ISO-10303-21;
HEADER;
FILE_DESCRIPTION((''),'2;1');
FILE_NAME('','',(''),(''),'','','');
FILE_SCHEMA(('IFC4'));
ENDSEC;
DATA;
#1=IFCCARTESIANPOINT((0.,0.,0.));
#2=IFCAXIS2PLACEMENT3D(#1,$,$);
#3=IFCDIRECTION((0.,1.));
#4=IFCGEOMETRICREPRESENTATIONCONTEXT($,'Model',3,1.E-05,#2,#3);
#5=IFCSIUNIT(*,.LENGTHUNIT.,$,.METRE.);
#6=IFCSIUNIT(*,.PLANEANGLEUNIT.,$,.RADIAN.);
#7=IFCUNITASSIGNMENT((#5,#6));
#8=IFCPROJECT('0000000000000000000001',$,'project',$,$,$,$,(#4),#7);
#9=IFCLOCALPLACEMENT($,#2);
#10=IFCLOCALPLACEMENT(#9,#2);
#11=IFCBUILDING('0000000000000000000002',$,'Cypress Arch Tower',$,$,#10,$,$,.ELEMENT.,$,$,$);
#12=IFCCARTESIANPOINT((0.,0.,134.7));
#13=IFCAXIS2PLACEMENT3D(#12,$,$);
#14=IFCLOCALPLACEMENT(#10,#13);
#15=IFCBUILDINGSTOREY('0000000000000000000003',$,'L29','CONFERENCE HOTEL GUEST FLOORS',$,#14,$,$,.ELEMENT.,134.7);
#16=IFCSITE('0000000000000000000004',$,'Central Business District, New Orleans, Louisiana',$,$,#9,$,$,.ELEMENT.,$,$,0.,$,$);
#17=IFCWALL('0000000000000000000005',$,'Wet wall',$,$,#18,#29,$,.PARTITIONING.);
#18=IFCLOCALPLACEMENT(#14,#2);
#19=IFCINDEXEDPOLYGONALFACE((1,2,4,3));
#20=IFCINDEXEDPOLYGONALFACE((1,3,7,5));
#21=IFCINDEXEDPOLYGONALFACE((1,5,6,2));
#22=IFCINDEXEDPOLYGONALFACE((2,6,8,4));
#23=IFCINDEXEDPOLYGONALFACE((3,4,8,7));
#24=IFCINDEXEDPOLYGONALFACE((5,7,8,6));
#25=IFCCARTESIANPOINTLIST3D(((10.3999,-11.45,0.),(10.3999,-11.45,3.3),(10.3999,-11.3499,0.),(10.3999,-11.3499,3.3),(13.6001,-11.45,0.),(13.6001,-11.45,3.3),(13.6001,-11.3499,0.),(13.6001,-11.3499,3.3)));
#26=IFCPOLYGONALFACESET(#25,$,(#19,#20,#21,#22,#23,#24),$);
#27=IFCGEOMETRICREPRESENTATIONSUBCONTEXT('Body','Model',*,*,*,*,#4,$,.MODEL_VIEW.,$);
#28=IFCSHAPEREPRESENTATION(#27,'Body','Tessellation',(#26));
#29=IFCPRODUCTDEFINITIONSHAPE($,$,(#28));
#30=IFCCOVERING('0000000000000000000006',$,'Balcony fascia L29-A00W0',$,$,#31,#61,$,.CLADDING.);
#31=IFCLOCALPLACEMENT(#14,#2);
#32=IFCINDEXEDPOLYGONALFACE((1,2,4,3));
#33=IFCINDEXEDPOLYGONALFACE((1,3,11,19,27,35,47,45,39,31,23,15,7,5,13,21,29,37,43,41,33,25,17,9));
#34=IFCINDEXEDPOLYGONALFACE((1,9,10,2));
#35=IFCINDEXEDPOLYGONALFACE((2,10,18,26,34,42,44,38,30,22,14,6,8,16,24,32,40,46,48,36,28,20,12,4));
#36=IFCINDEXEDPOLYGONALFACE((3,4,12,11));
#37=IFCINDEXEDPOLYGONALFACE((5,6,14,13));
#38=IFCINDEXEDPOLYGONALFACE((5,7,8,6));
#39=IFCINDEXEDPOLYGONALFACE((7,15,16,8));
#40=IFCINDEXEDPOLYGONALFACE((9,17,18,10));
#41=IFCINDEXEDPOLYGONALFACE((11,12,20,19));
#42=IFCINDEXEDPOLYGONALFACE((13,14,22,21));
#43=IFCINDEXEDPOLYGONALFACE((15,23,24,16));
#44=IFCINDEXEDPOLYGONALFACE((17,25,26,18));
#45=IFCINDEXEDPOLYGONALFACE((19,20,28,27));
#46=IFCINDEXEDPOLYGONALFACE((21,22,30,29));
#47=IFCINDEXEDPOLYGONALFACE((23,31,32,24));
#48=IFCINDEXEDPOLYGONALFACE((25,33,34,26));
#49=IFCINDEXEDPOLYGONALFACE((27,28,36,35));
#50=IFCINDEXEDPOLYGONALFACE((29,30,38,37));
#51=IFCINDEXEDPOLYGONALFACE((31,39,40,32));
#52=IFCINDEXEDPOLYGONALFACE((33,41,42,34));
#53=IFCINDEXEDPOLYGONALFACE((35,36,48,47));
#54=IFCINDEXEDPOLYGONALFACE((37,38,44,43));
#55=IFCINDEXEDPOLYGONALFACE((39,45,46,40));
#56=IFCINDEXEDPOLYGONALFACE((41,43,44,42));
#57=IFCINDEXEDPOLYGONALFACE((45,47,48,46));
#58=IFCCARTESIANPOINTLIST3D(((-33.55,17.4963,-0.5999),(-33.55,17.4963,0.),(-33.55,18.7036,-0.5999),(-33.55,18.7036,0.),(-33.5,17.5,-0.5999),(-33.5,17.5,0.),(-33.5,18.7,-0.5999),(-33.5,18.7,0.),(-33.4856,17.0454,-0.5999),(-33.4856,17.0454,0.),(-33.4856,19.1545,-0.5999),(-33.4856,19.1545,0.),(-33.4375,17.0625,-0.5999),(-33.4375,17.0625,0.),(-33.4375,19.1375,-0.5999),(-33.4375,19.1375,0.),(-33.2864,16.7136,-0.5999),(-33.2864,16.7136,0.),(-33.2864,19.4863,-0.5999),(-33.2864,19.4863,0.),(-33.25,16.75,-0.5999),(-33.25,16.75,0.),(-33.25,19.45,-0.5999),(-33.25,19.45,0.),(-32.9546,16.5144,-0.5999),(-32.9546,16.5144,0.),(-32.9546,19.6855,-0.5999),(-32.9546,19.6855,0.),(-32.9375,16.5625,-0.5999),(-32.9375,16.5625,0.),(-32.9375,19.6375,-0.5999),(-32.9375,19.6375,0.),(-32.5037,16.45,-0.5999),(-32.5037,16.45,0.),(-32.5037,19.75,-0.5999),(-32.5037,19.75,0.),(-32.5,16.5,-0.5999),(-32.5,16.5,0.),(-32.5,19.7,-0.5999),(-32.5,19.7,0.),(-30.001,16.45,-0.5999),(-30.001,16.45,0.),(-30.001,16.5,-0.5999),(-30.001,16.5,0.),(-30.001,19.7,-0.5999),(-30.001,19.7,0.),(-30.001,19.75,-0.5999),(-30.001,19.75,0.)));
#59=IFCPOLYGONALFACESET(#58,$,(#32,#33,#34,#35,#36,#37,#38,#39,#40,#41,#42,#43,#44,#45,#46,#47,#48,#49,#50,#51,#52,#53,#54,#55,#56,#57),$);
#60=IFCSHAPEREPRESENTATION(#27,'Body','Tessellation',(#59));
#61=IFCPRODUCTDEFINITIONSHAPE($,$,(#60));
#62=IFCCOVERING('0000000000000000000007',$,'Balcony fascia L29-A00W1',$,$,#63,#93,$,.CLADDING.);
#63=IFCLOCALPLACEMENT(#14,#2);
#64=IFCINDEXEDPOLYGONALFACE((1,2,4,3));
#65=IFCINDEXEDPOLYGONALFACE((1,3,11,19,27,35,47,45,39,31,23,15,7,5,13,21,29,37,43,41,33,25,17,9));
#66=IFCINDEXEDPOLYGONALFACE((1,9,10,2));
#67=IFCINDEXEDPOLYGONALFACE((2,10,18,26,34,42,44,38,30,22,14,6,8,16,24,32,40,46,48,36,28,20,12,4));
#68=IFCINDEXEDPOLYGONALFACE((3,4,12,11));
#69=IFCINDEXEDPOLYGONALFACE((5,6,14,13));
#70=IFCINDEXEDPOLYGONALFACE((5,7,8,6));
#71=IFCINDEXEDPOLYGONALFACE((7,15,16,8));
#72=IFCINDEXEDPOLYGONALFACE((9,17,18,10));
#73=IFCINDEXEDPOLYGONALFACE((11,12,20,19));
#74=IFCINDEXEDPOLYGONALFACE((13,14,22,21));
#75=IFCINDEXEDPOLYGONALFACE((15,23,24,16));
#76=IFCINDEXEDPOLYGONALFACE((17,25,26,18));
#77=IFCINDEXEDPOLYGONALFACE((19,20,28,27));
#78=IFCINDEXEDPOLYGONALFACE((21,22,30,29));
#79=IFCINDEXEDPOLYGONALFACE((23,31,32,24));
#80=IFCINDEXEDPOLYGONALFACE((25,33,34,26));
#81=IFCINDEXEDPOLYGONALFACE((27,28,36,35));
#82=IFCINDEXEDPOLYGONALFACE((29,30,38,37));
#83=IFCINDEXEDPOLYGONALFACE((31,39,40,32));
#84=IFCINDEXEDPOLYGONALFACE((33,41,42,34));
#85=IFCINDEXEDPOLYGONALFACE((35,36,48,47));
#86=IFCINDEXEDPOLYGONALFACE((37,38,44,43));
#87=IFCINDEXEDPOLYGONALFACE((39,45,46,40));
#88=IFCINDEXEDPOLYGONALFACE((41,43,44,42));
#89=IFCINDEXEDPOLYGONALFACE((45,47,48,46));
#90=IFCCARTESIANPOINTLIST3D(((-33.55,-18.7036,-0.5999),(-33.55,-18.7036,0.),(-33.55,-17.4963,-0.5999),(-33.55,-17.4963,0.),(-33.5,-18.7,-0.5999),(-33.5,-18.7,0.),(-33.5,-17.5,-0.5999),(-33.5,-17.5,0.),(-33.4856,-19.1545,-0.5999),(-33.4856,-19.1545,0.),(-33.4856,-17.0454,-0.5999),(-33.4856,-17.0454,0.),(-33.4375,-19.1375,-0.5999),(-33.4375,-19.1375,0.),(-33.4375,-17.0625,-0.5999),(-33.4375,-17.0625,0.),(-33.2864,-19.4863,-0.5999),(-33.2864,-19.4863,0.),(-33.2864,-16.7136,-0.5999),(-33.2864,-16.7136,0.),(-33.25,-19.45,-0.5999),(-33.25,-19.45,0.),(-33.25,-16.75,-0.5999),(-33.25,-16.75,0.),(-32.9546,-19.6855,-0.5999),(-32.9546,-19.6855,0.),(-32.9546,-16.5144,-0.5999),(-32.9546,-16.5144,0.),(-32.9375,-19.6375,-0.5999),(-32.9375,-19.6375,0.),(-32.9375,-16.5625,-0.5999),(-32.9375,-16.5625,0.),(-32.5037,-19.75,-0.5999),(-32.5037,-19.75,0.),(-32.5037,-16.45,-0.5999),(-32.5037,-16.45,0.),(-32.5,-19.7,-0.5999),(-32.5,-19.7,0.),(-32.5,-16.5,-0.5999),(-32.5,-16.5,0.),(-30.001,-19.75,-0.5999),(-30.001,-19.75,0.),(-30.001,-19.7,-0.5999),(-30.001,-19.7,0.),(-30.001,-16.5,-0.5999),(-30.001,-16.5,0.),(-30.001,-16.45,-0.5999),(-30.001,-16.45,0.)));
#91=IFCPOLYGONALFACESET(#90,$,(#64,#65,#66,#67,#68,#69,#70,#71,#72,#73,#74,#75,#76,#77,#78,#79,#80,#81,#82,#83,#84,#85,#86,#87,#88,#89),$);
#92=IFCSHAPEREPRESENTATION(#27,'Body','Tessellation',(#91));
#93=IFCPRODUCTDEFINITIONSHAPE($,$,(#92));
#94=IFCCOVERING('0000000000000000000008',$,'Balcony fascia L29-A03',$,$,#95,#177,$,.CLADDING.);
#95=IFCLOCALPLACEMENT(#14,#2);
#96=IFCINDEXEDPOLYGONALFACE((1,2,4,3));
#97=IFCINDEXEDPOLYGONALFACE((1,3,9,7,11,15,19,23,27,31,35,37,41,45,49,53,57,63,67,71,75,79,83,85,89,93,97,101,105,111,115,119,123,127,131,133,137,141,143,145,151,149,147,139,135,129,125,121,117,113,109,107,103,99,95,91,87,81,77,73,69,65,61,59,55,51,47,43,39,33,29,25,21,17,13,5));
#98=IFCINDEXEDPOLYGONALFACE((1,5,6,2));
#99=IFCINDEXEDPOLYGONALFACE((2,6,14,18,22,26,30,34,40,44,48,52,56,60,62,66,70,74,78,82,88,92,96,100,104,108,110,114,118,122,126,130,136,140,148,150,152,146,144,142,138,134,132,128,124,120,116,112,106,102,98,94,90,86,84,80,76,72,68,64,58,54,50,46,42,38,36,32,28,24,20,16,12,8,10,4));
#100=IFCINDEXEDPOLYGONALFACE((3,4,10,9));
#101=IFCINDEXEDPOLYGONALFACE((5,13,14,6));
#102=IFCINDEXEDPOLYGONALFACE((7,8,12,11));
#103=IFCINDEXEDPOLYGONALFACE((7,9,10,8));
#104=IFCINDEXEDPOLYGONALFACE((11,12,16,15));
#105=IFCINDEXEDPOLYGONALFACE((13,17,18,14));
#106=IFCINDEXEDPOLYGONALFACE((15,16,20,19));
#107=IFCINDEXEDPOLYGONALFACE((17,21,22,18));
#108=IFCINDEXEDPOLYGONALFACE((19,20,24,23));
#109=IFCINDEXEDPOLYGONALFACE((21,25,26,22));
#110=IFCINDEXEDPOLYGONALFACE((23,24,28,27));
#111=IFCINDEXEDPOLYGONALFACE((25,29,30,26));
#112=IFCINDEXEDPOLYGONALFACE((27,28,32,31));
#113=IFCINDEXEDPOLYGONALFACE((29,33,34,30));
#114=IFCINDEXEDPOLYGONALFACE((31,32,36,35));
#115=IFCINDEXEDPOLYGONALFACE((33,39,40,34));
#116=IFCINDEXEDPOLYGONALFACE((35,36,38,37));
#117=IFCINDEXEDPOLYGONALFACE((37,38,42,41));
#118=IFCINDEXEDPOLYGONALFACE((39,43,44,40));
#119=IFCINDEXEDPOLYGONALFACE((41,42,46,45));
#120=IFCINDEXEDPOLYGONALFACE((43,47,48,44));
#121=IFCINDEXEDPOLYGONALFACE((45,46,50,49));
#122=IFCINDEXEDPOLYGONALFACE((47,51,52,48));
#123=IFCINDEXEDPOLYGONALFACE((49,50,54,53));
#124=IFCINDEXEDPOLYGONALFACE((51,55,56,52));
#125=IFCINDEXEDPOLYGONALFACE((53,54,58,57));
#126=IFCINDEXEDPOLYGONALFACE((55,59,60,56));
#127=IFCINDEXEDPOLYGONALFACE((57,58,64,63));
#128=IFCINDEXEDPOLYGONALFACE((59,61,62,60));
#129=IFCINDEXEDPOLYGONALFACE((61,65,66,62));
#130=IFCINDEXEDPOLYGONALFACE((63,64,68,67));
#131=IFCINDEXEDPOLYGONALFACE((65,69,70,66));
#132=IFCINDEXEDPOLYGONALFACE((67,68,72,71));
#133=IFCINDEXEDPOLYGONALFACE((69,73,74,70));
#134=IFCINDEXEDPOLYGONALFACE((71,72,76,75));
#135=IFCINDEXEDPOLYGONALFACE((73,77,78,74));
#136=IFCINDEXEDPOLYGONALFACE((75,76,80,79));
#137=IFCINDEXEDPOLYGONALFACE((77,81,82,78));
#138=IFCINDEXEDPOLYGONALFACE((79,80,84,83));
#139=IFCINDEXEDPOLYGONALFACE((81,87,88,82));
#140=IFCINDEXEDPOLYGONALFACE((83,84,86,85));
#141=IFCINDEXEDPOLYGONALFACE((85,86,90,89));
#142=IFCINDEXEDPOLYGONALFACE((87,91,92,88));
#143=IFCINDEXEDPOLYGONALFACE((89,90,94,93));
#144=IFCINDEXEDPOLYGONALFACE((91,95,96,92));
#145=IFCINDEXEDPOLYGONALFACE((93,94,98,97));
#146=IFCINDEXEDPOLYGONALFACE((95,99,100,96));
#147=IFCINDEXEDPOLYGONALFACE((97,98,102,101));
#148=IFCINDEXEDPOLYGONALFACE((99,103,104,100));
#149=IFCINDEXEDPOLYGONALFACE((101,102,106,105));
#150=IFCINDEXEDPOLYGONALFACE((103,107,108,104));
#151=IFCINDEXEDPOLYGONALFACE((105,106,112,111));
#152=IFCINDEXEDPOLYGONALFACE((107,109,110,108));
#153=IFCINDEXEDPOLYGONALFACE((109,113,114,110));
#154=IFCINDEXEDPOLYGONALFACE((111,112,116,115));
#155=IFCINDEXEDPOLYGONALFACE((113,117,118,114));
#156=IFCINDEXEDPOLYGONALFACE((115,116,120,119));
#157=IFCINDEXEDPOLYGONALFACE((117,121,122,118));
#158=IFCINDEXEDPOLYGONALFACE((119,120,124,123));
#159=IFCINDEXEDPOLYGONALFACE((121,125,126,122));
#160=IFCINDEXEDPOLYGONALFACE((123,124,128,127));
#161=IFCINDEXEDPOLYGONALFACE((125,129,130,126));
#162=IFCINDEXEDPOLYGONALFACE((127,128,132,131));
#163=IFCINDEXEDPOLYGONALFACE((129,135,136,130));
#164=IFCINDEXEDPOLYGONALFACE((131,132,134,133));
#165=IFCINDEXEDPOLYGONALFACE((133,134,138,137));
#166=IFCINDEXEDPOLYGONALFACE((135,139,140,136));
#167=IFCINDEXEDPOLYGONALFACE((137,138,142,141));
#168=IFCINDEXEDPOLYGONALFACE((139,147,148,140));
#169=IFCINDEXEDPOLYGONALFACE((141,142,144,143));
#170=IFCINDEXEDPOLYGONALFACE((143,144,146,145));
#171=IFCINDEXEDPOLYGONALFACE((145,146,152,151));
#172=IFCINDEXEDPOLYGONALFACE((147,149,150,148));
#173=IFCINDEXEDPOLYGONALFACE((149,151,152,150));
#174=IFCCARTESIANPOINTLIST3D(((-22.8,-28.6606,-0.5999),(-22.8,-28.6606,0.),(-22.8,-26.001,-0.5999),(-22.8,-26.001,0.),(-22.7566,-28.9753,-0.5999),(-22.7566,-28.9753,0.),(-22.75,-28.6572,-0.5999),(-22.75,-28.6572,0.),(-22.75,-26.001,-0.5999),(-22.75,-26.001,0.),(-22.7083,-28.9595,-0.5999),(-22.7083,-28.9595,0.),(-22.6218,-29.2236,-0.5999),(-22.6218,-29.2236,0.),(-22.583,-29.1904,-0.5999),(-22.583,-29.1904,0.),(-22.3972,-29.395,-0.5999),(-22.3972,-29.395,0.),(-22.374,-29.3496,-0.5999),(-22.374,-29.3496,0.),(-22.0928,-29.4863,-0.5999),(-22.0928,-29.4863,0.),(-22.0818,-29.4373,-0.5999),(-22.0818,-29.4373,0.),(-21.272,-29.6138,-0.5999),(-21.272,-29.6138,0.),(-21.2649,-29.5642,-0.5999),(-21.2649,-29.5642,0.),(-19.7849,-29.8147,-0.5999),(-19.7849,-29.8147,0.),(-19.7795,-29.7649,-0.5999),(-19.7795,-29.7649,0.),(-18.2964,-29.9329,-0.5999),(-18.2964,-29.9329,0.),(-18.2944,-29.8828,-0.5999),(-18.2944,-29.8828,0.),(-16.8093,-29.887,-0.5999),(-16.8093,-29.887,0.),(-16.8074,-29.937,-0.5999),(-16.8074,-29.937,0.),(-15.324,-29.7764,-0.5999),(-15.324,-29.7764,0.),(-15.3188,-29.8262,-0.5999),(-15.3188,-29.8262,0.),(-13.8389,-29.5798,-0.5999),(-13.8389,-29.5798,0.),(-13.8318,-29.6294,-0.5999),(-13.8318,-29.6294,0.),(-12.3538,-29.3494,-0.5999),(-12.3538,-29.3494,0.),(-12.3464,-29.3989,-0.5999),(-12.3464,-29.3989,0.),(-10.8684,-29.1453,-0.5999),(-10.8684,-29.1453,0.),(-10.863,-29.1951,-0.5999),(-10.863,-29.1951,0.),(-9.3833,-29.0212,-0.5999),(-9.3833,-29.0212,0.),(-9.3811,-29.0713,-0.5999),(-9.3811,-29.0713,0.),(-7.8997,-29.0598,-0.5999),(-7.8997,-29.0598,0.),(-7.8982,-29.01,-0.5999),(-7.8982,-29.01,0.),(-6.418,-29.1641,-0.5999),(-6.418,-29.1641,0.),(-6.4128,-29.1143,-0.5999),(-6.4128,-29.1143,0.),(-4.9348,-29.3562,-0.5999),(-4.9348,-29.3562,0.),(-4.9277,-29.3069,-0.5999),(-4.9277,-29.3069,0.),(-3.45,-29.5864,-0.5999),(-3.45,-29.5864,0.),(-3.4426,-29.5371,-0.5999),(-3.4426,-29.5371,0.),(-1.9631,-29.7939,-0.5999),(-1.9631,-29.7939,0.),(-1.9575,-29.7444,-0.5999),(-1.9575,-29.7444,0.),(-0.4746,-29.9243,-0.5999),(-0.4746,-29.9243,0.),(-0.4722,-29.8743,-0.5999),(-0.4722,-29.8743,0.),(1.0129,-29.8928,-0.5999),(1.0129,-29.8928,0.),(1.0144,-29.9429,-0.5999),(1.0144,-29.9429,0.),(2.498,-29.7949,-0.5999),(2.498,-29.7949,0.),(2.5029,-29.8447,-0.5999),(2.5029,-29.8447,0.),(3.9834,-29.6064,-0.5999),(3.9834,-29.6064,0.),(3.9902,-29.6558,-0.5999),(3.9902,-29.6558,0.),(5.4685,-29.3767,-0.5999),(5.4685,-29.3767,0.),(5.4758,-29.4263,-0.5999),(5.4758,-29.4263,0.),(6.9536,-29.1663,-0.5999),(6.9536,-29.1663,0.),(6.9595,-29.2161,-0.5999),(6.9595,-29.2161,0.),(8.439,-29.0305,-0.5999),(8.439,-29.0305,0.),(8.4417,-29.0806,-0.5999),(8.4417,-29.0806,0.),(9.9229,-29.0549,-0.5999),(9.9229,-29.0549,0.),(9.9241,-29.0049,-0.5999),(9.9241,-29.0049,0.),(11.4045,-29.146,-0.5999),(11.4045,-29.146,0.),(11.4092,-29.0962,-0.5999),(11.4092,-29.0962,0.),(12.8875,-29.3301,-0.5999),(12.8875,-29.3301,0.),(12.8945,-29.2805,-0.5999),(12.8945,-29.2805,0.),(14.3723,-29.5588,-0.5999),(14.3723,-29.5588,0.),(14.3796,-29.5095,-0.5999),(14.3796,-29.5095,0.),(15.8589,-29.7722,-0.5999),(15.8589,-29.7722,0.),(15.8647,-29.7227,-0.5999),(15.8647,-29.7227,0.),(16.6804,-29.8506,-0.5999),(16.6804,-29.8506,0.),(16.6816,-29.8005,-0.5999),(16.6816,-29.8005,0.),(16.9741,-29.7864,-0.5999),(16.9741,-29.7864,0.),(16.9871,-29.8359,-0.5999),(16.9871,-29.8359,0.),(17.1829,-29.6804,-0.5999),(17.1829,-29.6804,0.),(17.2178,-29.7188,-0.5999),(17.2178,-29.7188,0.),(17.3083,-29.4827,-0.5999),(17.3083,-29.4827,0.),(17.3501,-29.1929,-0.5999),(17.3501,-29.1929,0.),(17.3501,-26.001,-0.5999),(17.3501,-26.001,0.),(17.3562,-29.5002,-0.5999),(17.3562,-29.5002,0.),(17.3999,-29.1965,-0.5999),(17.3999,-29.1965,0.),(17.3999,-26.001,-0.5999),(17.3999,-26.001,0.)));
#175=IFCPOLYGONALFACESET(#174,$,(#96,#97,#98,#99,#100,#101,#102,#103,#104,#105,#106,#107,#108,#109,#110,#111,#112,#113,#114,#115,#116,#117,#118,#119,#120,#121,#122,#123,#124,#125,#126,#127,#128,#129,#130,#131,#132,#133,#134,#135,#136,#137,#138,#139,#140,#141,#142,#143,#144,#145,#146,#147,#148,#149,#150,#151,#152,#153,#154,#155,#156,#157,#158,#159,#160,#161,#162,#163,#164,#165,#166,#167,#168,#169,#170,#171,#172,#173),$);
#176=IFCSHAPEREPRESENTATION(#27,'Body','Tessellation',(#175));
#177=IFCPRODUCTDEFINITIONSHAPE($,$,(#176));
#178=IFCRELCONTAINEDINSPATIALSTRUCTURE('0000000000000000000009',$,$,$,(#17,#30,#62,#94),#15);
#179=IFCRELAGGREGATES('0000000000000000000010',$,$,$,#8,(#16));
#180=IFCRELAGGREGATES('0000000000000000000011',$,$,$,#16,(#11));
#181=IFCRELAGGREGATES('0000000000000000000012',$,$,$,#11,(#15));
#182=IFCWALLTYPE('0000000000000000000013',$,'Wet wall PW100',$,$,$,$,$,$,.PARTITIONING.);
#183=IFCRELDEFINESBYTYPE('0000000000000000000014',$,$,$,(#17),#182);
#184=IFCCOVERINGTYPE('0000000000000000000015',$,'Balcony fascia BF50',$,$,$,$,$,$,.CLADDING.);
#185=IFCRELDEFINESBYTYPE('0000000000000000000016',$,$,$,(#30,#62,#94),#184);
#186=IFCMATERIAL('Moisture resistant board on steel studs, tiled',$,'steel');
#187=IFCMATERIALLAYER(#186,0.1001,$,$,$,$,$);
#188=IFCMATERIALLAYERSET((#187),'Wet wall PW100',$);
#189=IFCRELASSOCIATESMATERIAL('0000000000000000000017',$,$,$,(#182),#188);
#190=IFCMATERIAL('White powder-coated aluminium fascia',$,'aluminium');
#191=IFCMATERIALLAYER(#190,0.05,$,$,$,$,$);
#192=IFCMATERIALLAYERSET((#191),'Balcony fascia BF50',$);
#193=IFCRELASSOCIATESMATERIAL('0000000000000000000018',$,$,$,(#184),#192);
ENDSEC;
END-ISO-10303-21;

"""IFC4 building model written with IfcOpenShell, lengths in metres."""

from ifc_helpers import new_model, si_unit, direction, frame, frame_2d, origin, place, context, subcontext, project, spatial, polyline, rectangle, outline, extrude, material, layer, layer_set, type_object, element, save


model = new_model("IFC4")

# Units and contexts
model_context = context("Model", 3, precision=1e-05, world=origin(), true_north=direction((0.0, 1.0)))
body_context = subcontext(model_context, "Body", "Model", "MODEL_VIEW")
ifc_project = project(units=[si_unit("LENGTHUNIT", "METRE"), si_unit("PLANEANGLEUNIT", "RADIAN")], contexts=[model_context])

# Site, building, storey
site_placement = place(None, origin())
site = spatial("IfcSite", under=ifc_project, at=site_placement, Name="Central Business District, New Orleans, Louisiana", CompositionType="ELEMENT", RefElevation=0.0)
building_placement = place(site_placement, origin())
building = spatial("IfcBuilding", under=site, at=building_placement, Name="Cypress Arch Tower", CompositionType="ELEMENT")
storey_placement = place(building_placement, frame((0.0, 0.0, 134.7)))
storey = spatial("IfcBuildingStorey", under=building, at=storey_placement, Name="L29", Description="CONFERENCE HOTEL GUEST FLOORS", CompositionType="ELEMENT", Elevation=134.7)

# Wall
ifc_material_1 = material(Name="Moisture resistant board on steel studs, tiled", Category="steel")
ifc_layer_1 = layer(ifc_material_1, 0.1001)
ifc_layer_set_1 = layer_set([ifc_layer_1], Name="Wet wall PW100")
wall_type_1 = type_object("IfcWallType", Name="Wet wall PW100", PredefinedType="PARTITIONING", material=ifc_layer_set_1)
wall_1_placement = place(storey_placement, frame((10.3999, -11.3999, 0.0), z_axis=(0.0, 0.0, 1.0), x_axis=(1.0, 0.0, 0.0)))
element("IfcWall", 1, at=wall_1_placement, inside=storey, type_object=wall_type_1, Name="Wet wall", PredefinedType="PARTITIONING", context=body_context, shape_type="SweptSolid", body=[
    extrude(rectangle(XDim=3.2002, YDim=0.1001, at=frame_2d((1.6001, 0.0))), origin(), (0.0, 0.0, 1.0), 3.3),
])

# Coverings
ifc_material_2 = material(Name="White powder-coated aluminium fascia", Category="aluminium")
ifc_layer_2 = layer(ifc_material_2, 0.05)
ifc_layer_set_2 = layer_set([ifc_layer_2], Name="Balcony fascia BF50")
covering_type = type_object("IfcCoveringType", Name="Balcony fascia BF50", PredefinedType="CLADDING", material=ifc_layer_set_2)
covering_1_placement = place(storey_placement, frame((0.0, 0.0, -0.5999)))
element("IfcCovering", 2, at=covering_1_placement, inside=storey, type_object=covering_type, Name="Balcony fascia L29-A00W0", PredefinedType="CLADDING", context=body_context, shape_type="SweptSolid", body=[
    extrude(outline(polyline([(-32.5037, 16.45), (-32.9546, 16.5144), (-33.2864, 16.7136), (-33.4856, 17.0454), (-33.55, 17.4963), (-33.55, 18.7036), (-33.4856, 19.1545), (-33.2864, 19.4863), (-32.9546, 19.6855), (-32.5037, 19.75), (-30.001, 19.75), (-30.001, 19.7), (-32.5, 19.7), (-32.9375, 19.6375), (-33.25, 19.45), (-33.4375, 19.1375), (-33.5, 18.7), (-33.5, 17.5), (-33.4375, 17.0625), (-33.25, 16.75), (-32.9375, 16.5625), (-32.5, 16.5), (-30.001, 16.5), (-30.001, 16.45), (-32.5037, 16.45)])), origin(), (0.0, 0.0, 1.0), 0.5999),
])
covering_2_placement = place(storey_placement, frame((0.0, 0.0, -0.5999)))
element("IfcCovering", 3, at=covering_2_placement, inside=storey, type_object=covering_type, Name="Balcony fascia L29-A00W1", PredefinedType="CLADDING", context=body_context, shape_type="SweptSolid", body=[
    extrude(outline(polyline([(-32.5037, -19.75), (-32.9546, -19.6855), (-33.2864, -19.4863), (-33.4856, -19.1545), (-33.55, -18.7036), (-33.55, -17.4963), (-33.4856, -17.0454), (-33.2864, -16.7136), (-32.9546, -16.5144), (-32.5037, -16.45), (-30.001, -16.45), (-30.001, -16.5), (-32.5, -16.5), (-32.9375, -16.5625), (-33.25, -16.75), (-33.4375, -17.0625), (-33.5, -17.5), (-33.5, -18.7), (-33.4375, -19.1375), (-33.25, -19.45), (-32.9375, -19.6375), (-32.5, -19.7), (-30.001, -19.7), (-30.001, -19.75), (-32.5037, -19.75)])), origin(), (0.0, 0.0, 1.0), 0.5999),
])
covering_3_placement = place(storey_placement, frame((0.0, 0.0, -0.5999)))
element("IfcCovering", 4, at=covering_3_placement, inside=storey, type_object=covering_type, Name="Balcony fascia L29-A03", PredefinedType="CLADDING", context=body_context, shape_type="SweptSolid", body=[
    extrude(outline(polyline([(17.3999, -29.1965), (17.3562, -29.5002), (17.2178, -29.7188), (16.9871, -29.8359), (16.6804, -29.8506), (15.8589, -29.7722), (14.3723, -29.5588), (12.8875, -29.3301), (11.4045, -29.146), (9.9229, -29.0549), (8.4417, -29.0806), (6.9595, -29.2161), (5.4758, -29.4263), (3.9902, -29.6558), (2.5029, -29.8447), (1.0144, -29.9429), (-0.4746, -29.9243), (-1.9631, -29.7939), (-3.45, -29.5864), (-4.9348, -29.3562), (-6.418, -29.1641), (-7.8997, -29.0598), (-9.3811, -29.0713), (-10.863, -29.1951), (-12.3464, -29.3989), (-13.8318, -29.6294), (-15.3188, -29.8262), (-16.8074, -29.937), (-18.2964, -29.9329), (-19.7849, -29.8147), (-21.272, -29.6138), (-22.0928, -29.4863), (-22.3972, -29.395), (-22.6218, -29.2236), (-22.7566, -28.9753), (-22.8, -28.6606), (-22.8, -26.001), (-22.75, -26.001), (-22.75, -28.6572), (-22.7083, -28.9595), (-22.583, -29.1904), (-22.374, -29.3496), (-22.0818, -29.4373), (-21.2649, -29.5642), (-19.7795, -29.7649), (-18.2944, -29.8828), (-16.8093, -29.887), (-15.324, -29.7764), (-13.8389, -29.5798), (-12.3538, -29.3494), (-10.8684, -29.1453), (-9.3833, -29.0212), (-7.8982, -29.01), (-6.4128, -29.1143), (-4.9277, -29.3069), (-3.4426, -29.5371), (-1.9575, -29.7444), (-0.4722, -29.8743), (1.0129, -29.8928), (2.498, -29.7949), (3.9834, -29.6064), (5.4685, -29.3767), (6.9536, -29.1663), (8.439, -29.0305), (9.9241, -29.0049), (11.4092, -29.0962), (12.8945, -29.2805), (14.3796, -29.5095), (15.8647, -29.7227), (16.6816, -29.8005), (16.9741, -29.7864), (17.1829, -29.6804), (17.3083, -29.4827), (17.3501, -29.1929), (17.3501, -26.001), (17.3999, -26.001), (17.3999, -29.1965)])), origin(), (0.0, 0.0, 1.0), 0.5999),
])

save(model, "model.ifc")
